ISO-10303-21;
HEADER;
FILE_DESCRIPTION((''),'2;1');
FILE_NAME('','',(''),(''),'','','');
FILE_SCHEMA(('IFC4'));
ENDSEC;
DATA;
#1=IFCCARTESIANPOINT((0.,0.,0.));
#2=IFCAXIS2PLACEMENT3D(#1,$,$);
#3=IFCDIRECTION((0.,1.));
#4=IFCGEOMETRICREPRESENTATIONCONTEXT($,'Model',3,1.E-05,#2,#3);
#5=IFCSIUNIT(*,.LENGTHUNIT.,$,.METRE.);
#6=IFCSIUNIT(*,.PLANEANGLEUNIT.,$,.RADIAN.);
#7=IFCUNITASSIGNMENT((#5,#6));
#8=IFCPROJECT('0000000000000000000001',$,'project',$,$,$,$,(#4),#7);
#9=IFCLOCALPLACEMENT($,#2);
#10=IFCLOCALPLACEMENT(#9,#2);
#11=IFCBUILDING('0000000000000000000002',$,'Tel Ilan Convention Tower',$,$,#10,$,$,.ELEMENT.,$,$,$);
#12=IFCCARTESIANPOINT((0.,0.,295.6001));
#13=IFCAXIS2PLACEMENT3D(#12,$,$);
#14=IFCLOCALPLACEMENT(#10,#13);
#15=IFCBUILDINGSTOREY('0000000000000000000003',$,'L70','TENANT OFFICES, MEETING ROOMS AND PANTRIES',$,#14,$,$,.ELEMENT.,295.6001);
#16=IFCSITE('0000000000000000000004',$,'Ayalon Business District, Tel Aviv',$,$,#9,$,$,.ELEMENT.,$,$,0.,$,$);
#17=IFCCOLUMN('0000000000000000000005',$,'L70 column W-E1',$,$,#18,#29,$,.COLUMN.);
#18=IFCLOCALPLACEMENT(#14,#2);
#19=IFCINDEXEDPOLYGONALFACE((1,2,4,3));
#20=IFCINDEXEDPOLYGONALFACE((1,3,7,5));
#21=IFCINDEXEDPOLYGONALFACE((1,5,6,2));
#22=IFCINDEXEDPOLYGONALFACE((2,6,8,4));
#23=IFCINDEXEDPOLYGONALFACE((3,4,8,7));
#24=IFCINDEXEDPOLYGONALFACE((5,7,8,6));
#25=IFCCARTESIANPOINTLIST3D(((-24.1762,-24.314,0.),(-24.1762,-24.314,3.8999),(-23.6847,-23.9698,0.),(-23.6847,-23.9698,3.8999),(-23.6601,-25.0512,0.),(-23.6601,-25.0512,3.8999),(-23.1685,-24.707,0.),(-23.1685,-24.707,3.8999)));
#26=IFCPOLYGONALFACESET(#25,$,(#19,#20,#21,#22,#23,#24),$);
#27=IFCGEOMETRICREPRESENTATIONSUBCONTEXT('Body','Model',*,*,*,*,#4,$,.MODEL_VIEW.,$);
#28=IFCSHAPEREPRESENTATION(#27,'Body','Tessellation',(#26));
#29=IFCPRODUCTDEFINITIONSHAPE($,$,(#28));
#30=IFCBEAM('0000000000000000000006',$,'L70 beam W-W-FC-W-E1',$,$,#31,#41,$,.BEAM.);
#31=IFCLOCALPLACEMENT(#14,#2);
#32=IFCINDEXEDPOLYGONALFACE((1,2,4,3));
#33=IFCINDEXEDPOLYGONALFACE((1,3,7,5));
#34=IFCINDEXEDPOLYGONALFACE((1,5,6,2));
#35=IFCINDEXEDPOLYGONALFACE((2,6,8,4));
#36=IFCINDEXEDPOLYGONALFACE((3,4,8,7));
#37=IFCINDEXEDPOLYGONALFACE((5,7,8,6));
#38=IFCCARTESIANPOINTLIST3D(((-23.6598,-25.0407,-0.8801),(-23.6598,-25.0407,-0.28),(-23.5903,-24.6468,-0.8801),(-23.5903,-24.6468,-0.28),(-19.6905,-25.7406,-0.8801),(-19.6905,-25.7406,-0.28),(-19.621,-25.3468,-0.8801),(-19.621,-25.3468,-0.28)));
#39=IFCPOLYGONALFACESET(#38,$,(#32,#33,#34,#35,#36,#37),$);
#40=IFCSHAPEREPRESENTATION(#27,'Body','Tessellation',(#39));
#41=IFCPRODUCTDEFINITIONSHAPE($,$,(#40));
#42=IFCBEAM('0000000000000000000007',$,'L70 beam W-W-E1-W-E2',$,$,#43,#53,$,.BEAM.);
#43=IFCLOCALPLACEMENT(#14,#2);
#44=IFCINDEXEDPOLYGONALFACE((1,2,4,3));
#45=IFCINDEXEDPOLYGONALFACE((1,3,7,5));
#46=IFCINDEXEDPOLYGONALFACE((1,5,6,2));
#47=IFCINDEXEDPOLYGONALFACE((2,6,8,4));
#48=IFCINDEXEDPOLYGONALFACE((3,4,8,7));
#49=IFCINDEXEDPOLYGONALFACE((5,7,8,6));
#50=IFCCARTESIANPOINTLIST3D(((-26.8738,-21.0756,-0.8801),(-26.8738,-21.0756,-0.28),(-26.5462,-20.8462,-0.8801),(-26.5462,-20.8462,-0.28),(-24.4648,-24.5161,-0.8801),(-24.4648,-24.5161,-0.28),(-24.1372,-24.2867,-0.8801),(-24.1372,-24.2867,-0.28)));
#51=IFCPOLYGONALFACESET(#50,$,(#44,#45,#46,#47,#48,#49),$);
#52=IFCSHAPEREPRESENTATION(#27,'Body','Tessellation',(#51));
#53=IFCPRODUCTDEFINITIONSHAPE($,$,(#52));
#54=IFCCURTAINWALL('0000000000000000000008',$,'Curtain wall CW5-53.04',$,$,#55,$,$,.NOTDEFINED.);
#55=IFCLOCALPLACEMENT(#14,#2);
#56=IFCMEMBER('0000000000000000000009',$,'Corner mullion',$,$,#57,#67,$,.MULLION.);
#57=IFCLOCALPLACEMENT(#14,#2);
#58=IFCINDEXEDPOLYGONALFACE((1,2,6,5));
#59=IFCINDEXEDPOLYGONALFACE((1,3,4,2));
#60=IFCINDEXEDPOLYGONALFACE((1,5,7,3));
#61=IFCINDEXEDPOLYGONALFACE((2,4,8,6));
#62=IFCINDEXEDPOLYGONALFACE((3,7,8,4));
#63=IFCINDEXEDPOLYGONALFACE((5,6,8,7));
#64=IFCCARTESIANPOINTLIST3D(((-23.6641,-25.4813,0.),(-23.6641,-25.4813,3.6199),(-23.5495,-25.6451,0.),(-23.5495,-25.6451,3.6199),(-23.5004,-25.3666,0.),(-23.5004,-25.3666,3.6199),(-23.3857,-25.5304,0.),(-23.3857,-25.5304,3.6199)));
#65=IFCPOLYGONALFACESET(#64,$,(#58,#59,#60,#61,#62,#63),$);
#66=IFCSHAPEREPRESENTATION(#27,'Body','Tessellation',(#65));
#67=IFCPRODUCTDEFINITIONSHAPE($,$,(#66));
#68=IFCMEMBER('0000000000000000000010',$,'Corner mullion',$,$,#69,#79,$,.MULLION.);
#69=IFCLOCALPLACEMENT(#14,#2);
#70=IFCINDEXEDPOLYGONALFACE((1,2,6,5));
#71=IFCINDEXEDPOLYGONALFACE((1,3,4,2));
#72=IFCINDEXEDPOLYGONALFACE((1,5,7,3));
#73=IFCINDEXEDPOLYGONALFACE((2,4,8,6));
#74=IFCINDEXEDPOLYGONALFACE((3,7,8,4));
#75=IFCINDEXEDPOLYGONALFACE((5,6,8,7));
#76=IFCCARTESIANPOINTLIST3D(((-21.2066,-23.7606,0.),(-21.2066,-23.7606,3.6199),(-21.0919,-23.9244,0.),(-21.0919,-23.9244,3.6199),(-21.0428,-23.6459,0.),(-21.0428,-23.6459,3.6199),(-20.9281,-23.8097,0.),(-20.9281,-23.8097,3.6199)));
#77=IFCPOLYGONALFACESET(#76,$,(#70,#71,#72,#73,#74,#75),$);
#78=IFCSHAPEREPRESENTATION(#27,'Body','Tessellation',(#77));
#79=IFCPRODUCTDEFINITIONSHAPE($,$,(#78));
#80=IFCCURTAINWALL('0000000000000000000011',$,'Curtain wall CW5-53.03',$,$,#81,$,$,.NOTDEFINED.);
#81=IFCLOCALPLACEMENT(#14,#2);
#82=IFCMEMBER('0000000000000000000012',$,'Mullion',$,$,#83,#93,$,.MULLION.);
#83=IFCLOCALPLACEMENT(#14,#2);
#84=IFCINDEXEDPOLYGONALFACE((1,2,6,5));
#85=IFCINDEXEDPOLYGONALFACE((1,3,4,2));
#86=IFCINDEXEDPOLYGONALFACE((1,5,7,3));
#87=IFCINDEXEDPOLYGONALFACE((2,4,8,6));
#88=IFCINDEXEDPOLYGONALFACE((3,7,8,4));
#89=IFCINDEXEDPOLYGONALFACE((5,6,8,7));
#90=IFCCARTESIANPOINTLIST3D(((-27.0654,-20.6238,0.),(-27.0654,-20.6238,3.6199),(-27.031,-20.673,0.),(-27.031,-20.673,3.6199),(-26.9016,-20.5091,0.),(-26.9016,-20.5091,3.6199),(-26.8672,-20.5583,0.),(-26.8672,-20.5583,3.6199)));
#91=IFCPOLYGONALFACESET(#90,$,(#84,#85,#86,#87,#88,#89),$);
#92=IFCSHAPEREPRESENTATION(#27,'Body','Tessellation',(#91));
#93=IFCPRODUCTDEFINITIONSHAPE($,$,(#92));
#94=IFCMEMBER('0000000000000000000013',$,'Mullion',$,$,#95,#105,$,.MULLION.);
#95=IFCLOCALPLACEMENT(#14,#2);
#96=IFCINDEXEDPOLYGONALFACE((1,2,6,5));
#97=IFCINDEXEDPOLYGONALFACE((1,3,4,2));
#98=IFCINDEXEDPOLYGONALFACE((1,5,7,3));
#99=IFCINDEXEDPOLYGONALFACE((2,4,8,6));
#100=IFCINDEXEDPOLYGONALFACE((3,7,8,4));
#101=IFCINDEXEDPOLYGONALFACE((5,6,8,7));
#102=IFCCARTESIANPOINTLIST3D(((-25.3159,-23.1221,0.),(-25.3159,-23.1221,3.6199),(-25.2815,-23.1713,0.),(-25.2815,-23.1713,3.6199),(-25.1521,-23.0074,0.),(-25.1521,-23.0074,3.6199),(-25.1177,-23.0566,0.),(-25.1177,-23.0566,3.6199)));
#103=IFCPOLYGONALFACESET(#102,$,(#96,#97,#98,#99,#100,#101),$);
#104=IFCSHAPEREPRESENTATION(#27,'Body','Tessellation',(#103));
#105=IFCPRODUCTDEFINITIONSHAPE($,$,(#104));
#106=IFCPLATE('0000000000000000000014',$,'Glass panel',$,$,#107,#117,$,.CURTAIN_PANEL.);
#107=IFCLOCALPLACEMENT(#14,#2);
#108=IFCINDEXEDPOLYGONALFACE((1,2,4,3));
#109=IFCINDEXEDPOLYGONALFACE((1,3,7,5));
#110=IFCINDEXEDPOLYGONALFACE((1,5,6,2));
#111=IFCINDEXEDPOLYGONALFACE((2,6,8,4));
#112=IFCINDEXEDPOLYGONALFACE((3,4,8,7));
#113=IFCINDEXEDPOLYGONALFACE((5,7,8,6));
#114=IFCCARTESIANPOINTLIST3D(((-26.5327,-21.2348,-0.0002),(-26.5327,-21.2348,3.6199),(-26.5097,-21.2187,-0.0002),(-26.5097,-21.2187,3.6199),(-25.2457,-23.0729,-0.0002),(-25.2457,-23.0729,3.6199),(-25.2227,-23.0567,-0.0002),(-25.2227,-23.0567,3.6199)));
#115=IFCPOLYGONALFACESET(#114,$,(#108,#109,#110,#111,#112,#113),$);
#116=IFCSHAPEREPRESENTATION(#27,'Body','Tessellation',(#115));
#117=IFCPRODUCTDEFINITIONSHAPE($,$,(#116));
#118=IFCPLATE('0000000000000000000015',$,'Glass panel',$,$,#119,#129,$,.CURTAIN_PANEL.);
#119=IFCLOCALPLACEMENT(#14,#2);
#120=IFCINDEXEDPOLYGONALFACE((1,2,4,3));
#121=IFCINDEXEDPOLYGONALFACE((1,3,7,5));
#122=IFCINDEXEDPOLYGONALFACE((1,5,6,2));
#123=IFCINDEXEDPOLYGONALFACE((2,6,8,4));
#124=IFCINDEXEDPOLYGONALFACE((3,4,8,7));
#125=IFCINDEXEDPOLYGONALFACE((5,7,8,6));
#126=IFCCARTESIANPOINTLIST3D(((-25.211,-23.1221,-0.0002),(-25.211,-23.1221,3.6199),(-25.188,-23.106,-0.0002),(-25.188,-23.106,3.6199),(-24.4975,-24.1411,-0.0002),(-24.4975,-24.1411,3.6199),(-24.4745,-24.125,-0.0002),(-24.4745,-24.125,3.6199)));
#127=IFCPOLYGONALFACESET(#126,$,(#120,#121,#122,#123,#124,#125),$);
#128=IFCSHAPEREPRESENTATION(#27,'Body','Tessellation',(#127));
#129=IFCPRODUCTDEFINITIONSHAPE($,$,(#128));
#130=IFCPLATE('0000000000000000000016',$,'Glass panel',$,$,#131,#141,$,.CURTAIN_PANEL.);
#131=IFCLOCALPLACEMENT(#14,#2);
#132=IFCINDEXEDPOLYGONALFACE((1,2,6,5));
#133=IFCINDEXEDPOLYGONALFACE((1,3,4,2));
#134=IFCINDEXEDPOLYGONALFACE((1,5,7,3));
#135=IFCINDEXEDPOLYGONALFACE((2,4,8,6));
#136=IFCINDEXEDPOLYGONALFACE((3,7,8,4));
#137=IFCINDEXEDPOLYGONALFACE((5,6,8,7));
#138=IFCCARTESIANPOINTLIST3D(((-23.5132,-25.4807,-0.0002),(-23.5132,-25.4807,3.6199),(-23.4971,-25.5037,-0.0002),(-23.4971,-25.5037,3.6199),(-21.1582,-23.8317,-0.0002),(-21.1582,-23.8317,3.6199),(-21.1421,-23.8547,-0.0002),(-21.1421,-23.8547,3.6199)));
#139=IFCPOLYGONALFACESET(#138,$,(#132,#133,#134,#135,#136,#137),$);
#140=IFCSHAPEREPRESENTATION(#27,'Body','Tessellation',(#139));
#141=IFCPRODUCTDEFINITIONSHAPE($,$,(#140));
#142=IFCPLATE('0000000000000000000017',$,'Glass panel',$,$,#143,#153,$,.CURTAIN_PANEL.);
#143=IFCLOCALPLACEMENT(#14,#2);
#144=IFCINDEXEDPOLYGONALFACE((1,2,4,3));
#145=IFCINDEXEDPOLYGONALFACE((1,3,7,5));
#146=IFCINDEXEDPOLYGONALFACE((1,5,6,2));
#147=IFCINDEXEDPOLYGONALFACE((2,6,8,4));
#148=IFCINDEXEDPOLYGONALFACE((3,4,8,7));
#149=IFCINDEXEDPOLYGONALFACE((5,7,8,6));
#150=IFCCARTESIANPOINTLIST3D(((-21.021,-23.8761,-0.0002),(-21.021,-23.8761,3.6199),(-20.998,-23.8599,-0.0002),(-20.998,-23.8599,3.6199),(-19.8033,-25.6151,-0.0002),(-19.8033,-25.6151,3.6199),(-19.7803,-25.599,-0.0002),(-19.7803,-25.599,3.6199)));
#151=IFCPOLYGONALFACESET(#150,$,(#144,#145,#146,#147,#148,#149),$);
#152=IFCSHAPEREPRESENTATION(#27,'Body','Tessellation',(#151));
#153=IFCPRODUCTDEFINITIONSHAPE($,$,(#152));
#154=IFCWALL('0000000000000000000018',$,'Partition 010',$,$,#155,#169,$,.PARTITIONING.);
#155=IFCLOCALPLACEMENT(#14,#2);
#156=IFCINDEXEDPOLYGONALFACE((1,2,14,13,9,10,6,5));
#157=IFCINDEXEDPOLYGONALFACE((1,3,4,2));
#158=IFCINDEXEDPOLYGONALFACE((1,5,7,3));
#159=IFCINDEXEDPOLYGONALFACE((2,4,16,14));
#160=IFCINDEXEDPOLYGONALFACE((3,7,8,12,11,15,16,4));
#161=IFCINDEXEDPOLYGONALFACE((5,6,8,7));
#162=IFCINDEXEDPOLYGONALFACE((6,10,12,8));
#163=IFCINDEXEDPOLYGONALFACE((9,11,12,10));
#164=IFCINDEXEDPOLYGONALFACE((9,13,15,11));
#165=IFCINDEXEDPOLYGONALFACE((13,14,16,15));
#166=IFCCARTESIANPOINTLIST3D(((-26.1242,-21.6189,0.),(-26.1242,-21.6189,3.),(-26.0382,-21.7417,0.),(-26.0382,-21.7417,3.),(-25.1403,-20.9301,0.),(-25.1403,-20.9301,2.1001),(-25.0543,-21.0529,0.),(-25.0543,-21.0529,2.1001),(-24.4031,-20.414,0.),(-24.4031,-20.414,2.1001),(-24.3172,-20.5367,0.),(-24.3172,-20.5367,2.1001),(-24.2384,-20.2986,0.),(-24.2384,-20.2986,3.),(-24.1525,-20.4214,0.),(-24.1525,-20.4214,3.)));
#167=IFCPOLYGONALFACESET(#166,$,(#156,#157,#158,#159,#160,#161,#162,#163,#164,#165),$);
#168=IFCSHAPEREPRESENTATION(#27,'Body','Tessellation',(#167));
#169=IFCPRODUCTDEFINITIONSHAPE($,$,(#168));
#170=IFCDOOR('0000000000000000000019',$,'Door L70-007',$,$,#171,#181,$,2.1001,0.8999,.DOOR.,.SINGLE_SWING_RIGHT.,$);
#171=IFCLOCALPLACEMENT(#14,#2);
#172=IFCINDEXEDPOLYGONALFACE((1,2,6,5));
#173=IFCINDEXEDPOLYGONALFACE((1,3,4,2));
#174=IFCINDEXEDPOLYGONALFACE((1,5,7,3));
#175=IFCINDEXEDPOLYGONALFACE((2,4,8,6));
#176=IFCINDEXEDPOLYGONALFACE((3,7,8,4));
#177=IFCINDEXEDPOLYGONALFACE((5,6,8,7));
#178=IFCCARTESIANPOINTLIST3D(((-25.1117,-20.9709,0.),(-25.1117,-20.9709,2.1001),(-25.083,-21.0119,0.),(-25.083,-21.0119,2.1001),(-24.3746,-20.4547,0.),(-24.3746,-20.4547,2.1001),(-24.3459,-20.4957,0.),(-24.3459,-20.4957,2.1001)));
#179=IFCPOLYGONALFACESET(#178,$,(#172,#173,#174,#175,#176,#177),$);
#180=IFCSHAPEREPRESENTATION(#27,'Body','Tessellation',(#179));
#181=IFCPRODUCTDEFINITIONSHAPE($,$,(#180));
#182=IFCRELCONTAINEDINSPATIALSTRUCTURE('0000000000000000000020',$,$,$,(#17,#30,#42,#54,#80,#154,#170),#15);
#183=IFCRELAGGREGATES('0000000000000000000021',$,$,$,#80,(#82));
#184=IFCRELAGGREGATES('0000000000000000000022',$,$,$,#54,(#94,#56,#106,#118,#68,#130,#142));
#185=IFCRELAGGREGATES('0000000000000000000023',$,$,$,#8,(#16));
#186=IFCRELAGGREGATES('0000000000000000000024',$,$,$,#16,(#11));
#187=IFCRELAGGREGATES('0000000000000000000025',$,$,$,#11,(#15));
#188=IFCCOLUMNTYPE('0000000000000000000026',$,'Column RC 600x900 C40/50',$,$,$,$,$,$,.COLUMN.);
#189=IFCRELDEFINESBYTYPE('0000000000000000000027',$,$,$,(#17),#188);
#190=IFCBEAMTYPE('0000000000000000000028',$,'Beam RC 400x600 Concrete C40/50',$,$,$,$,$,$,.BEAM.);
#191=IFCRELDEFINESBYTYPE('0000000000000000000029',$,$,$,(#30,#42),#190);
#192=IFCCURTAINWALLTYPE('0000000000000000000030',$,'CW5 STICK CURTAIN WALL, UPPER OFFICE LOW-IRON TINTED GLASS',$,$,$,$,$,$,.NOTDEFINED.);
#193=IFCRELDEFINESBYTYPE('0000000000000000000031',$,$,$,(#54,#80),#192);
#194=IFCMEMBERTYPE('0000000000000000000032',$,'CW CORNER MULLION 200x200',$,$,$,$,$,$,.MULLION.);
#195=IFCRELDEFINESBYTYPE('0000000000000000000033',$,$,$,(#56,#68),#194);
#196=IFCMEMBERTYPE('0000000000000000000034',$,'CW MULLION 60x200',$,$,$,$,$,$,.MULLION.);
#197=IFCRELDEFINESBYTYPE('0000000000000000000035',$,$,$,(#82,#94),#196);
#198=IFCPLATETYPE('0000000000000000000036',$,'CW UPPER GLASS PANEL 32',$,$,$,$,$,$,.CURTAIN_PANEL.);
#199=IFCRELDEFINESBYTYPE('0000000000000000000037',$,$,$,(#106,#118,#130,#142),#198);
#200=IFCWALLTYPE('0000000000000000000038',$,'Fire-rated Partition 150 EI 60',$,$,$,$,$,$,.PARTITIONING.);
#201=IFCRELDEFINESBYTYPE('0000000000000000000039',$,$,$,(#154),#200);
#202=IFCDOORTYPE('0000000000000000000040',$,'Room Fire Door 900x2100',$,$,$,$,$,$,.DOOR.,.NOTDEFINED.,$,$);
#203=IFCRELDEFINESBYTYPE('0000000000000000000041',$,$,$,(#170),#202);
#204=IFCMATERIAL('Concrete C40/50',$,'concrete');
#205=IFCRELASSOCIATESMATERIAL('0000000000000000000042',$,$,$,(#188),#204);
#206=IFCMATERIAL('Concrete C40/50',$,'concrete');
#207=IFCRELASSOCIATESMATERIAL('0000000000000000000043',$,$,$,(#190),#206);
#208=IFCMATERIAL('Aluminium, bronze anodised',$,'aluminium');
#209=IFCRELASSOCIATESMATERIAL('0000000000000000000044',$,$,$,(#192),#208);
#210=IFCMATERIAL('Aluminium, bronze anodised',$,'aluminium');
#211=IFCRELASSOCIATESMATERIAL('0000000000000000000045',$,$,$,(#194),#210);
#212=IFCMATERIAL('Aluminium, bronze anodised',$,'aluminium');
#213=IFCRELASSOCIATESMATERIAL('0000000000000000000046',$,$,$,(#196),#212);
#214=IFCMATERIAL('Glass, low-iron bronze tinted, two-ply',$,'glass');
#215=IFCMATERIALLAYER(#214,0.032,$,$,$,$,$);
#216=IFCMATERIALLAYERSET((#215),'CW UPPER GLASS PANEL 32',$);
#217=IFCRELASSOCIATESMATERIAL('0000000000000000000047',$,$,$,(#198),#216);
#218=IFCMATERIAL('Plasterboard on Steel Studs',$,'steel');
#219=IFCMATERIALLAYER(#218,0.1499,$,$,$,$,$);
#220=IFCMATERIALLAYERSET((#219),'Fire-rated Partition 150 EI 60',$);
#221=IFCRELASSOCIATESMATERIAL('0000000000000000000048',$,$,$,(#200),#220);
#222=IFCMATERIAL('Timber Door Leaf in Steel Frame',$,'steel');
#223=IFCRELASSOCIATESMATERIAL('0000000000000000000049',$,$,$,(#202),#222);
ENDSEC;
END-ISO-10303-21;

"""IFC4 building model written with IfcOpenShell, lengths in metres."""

from ifc_helpers import new_model, si_unit, direction, frame, frame_2d, origin, origin_2d, place, context, subcontext, project, spatial, rectangle, extrude, material, layer, layer_set, material_profile, profile_set, type_object, element, fill, aggregate, save


model = new_model("IFC4")

# Units and contexts
model_context = context("Model", 3, precision=1e-05, world=origin(), true_north=direction((0.0, 1.0)))
body_context = subcontext(model_context, "Body", "Model", "MODEL_VIEW")
ifc_project = project(units=[si_unit("LENGTHUNIT", "METRE"), si_unit("PLANEANGLEUNIT", "RADIAN")], contexts=[model_context])

# Site, building, storey
site_placement = place(None, origin())
site = spatial("IfcSite", under=ifc_project, at=site_placement, Name="Ayalon Business District, Tel Aviv", CompositionType="ELEMENT", RefElevation=0.0)
building_placement = place(site_placement, origin())
building = spatial("IfcBuilding", under=site, at=building_placement, Name="Tel Ilan Convention Tower", CompositionType="ELEMENT")
storey_placement = place(building_placement, frame((0.0, 0.0, 295.6001)))
storey = spatial("IfcBuildingStorey", under=building, at=storey_placement, Name="L70", Description="TENANT OFFICES, MEETING ROOMS AND PANTRIES", CompositionType="ELEMENT", Elevation=295.6001)

# Column
ifc_material_1 = material(Name="Concrete C40/50", Category="concrete")
ifc_material_profile_1 = material_profile(ifc_material_1, rectangle(XDim=0.8999, YDim=0.6001, at=origin_2d()), Name="RC 600x900")
ifc_profile_set_1 = profile_set([ifc_material_profile_1], Name="Concrete C40/50")
column_type = type_object("IfcColumnType", Name="Column RC 600x900 C40/50", PredefinedType="COLUMN", material=ifc_profile_set_1)
column_placement = place(storey_placement, frame((-23.6724, -24.5105, 0.0), z_axis=(0.0, 0.0, 1.0), x_axis=(-0.573576, 0.819152, 0.0)))
element("IfcColumn", 1, at=column_placement, inside=storey, type_object=column_type, Name="L70 column W-E1", PredefinedType="COLUMN", context=body_context, shape_type="SweptSolid", body=[
    extrude(rectangle(XDim=0.8999, YDim=0.6001, at=origin_2d()), origin(), (0.0, 0.0, 1.0), 3.8999),
])

# Beams
ifc_material_2 = material(Name="Concrete C40/50", Category="concrete")
ifc_material_profile_2 = material_profile(ifc_material_2, rectangle(XDim=0.3999, YDim=0.6001, at=origin_2d()), Name="RC 400x600")
ifc_profile_set_2 = profile_set([ifc_material_profile_2], Name="Concrete C40/50")
beam_type = type_object("IfcBeamType", Name="Beam RC 400x600 Concrete C40/50", PredefinedType="BEAM", material=ifc_profile_set_2)
beam_1_placement = place(storey_placement, frame((-19.6558, -25.5437, -0.5801), z_axis=(-0.984805, 0.173664, 0.0), x_axis=(-0.173664, -0.984805, 0.0)))
element("IfcBeam", 2, at=beam_1_placement, inside=storey, type_object=beam_type, Name="L70 beam W-W-FC-W-E1", PredefinedType="BEAM", context=body_context, shape_type="SweptSolid", body=[
    extrude(rectangle(XDim=0.3999, YDim=0.6001, at=origin_2d()), origin(), (0.0, 0.0, 1.0), 4.0305),
])
beam_2_placement = place(storey_placement, frame((-24.301, -24.4014, -0.5801), z_axis=(-0.573564, 0.819161, 0.0), x_axis=(-0.819161, -0.573564, 0.0)))
element("IfcBeam", 3, at=beam_2_placement, inside=storey, type_object=beam_type, Name="L70 beam W-W-E1-W-E2", PredefinedType="BEAM", context=body_context, shape_type="SweptSolid", body=[
    extrude(rectangle(XDim=0.3999, YDim=0.6001, at=origin_2d()), origin(), (0.0, 0.0, 1.0), 4.2),
])

# Curtain wall, members
ifc_material_3 = material(Name="Aluminium, bronze anodised", Category="aluminium")
curtain_wall_type = type_object("IfcCurtainWallType", Name="CW5 STICK CURTAIN WALL, UPPER OFFICE LOW-IRON TINTED GLASS", PredefinedType="NOTDEFINED", material=ifc_material_3)
curtain_wall_1_placement = place(storey_placement, origin())
curtain_wall_1 = element("IfcCurtainWall", 4, at=curtain_wall_1_placement, inside=storey, type_object=curtain_wall_type, Name="Curtain wall CW5-53.04", PredefinedType="NOTDEFINED")
ifc_material_4 = material(Name="Aluminium, bronze anodised", Category="aluminium")
ifc_material_profile_3 = material_profile(ifc_material_4, rectangle(XDim=0.2, YDim=0.2, at=origin_2d()), Name="CW CORNER MULLION 200x200")
ifc_profile_set_3 = profile_set([ifc_material_profile_3], Name="Aluminium, bronze anodised")
member_type_1 = type_object("IfcMemberType", Name="CW CORNER MULLION 200x200", PredefinedType="MULLION", material=ifc_profile_set_3)
member_1_placement = place(storey_placement, frame((-23.5249, -25.5059, 0.0), z_axis=(0.0, 0.0, 1.0), x_axis=(0.573576, -0.819152, 0.0)))
member_1 = element("IfcMember", 5, at=member_1_placement, type_object=member_type_1, Name="Corner mullion", PredefinedType="MULLION", context=body_context, shape_type="SweptSolid", body=[
    extrude(rectangle(XDim=0.2, YDim=0.2, at=origin_2d()), origin(), (0.0, 0.0, 1.0), 3.6199),
])
member_2_placement = place(storey_placement, frame((-21.0674, -23.7852, 0.0), z_axis=(0.0, 0.0, 1.0), x_axis=(0.819152, 0.573576, 0.0)))
member_2 = element("IfcMember", 6, at=member_2_placement, type_object=member_type_1, Name="Corner mullion", PredefinedType="MULLION", context=body_context, shape_type="SweptSolid", body=[
    extrude(rectangle(XDim=0.2, YDim=0.2, at=origin_2d()), origin(), (0.0, 0.0, 1.0), 3.6199),
])

# Curtain wall, member
curtain_wall_2_placement = place(storey_placement, origin())
curtain_wall_2 = element("IfcCurtainWall", 7, at=curtain_wall_2_placement, inside=storey, type_object=curtain_wall_type, Name="Curtain wall CW5-53.03", PredefinedType="NOTDEFINED")
ifc_material_5 = material(Name="Aluminium, bronze anodised", Category="aluminium")
ifc_material_profile_4 = material_profile(ifc_material_5, rectangle(XDim=0.0601, YDim=0.2, at=origin_2d()), Name="CW MULLION 60x200")
ifc_profile_set_4 = profile_set([ifc_material_profile_4], Name="Aluminium, bronze anodised")
member_type_2 = type_object("IfcMemberType", Name="CW MULLION 60x200", PredefinedType="MULLION", material=ifc_profile_set_4)
member_3_placement = place(storey_placement, frame((-26.9663, -20.5911, 0.0), z_axis=(0.0, 0.0, 1.0), x_axis=(0.573576, -0.819152, 0.0)))
member_3 = element("IfcMember", 8, at=member_3_placement, type_object=member_type_2, Name="Mullion", PredefinedType="MULLION", context=body_context, shape_type="SweptSolid", body=[
    extrude(rectangle(XDim=0.0601, YDim=0.2, at=origin_2d()), origin(), (0.0, 0.0, 1.0), 3.6199),
])
aggregate(curtain_wall_2, [member_3])

# Member
member_4_placement = place(storey_placement, frame((-25.2168, -23.0894, 0.0), z_axis=(0.0, 0.0, 1.0), x_axis=(0.573576, -0.819152, 0.0)))
member_4 = element("IfcMember", 9, at=member_4_placement, type_object=member_type_2, Name="Mullion", PredefinedType="MULLION", context=body_context, shape_type="SweptSolid", body=[
    extrude(rectangle(XDim=0.0601, YDim=0.2, at=origin_2d()), origin(), (0.0, 0.0, 1.0), 3.6199),
])

# Plates
ifc_material_6 = material(Name="Glass, low-iron bronze tinted, two-ply", Category="glass")
ifc_layer_1 = layer(ifc_material_6, 0.032)
ifc_layer_set_1 = layer_set([ifc_layer_1], Name="CW UPPER GLASS PANEL 32")
plate_type = type_object("IfcPlateType", Name="CW UPPER GLASS PANEL 32", PredefinedType="CURTAIN_PANEL", material=ifc_layer_set_1)
plate_1_placement = place(storey_placement, frame((-25.8777, -22.1458, -0.0002), z_axis=(0.0, 0.0, 1.0), x_axis=(0.573576, -0.819152, 0.0)))
plate_1 = element("IfcPlate", 10, at=plate_1_placement, type_object=plate_type, Name="Glass panel", PredefinedType="CURTAIN_PANEL", context=body_context, shape_type="SweptSolid", body=[
    extrude(rectangle(XDim=2.2439, YDim=0.0281, at=origin_2d()), origin(), (0.0, 0.0, 1.0), 3.6201),
])
plate_2_placement = place(storey_placement, frame((-24.8428, -23.6235, -0.0002), z_axis=(0.0, 0.0, 1.0), x_axis=(0.573576, -0.819152, 0.0)))
plate_2 = element("IfcPlate", 11, at=plate_2_placement, type_object=plate_type, Name="Glass panel", PredefinedType="CURTAIN_PANEL", context=body_context, shape_type="SweptSolid", body=[
    extrude(rectangle(XDim=1.2439, YDim=0.0281, at=origin_2d()), origin(), (0.0, 0.0, 1.0), 3.6201),
])
plate_3_placement = place(storey_placement, frame((-22.3276, -24.6677, -0.0002), z_axis=(0.0, 0.0, 1.0), x_axis=(0.819152, 0.573576, 0.0)))
plate_3 = element("IfcPlate", 12, at=plate_3_placement, type_object=plate_type, Name="Glass panel", PredefinedType="CURTAIN_PANEL", context=body_context, shape_type="SweptSolid", body=[
    extrude(rectangle(XDim=2.875, YDim=0.0281, at=origin_2d()), origin(), (0.0, 0.0, 1.0), 3.6201),
])
plate_4_placement = place(storey_placement, frame((-20.4006, -24.7375, -0.0002), z_axis=(0.0, 0.0, 1.0), x_axis=(0.573576, -0.819152, 0.0)))
plate_4 = element("IfcPlate", 13, at=plate_4_placement, type_object=plate_type, Name="Glass panel", PredefinedType="CURTAIN_PANEL", context=body_context, shape_type="SweptSolid", body=[
    extrude(rectangle(XDim=2.123, YDim=0.0281, at=origin_2d()), origin(), (0.0, 0.0, 1.0), 3.6201),
])
aggregate(curtain_wall_1, [member_4, member_1, plate_1, plate_2, member_2, plate_3, plate_4])

# Wall, opening, door
ifc_material_7 = material(Name="Plasterboard on Steel Studs", Category="steel")
ifc_layer_2 = layer(ifc_material_7, 0.1499)
ifc_layer_set_2 = layer_set([ifc_layer_2], Name="Fire-rated Partition 150 EI 60")
wall_type = type_object("IfcWallType", Name="Fire-rated Partition 150 EI 60", PredefinedType="PARTITIONING", material=ifc_layer_set_2)
wall_1_placement = place(storey_placement, frame((-24.1956, -20.3601, 0.0), z_axis=(0.0, 0.0, 1.0), x_axis=(-0.819172, -0.573548, 0.0)))
wall_1 = element("IfcWall", 14, at=wall_1_placement, inside=storey, type_object=wall_type, Name="Partition 010", PredefinedType="PARTITIONING", context=body_context, shape_type="SweptSolid", body=[
    extrude(rectangle(XDim=2.302, YDim=0.1499, at=frame_2d((1.1509, 0.0))), origin(), (0.0, 0.0, 1.0), 3.0),
])
opening_placement = place(wall_1_placement, frame((0.2009, 0.0, 0.0)))
opening = element("IfcOpeningElement", 15, at=opening_placement, cuts=wall_1, PredefinedType="OPENING", context=body_context, shape_type="SweptSolid", body=[
    extrude(rectangle(XDim=0.8999, YDim=2.1001, at=frame_2d((0.45, 1.05))), frame((0.0, 0.085, 0.0), z_axis=(0.0, -1.0, 0.0), x_axis=(1.0, 0.0, 0.0)), (0.0, 0.0, 1.0), 0.1699),
])
ifc_material_8 = material(Name="Timber Door Leaf in Steel Frame", Category="steel")
door_type = type_object("IfcDoorType", Name="Room Fire Door 900x2100", OperationType="NOTDEFINED", PredefinedType="DOOR", material=ifc_material_8)
door_placement = place(opening_placement, origin())
door = element("IfcDoor", 16, at=door_placement, inside=storey, type_object=door_type, Name="Door L70-007", OperationType="SINGLE_SWING_RIGHT", OverallHeight=2.1001, OverallWidth=0.8999, PredefinedType="DOOR", context=body_context, shape_type="SweptSolid", body=[
    extrude(rectangle(XDim=0.8999, YDim=2.1001, at=frame_2d((0.45, 1.05))), frame((0.0, 0.0249, 0.0), z_axis=(0.0, -1.0, 0.0), x_axis=(1.0, 0.0, 0.0)), (0.0, 0.0, 1.0), 0.05),
])
fill(opening, door)

save(model, "model.ifc")
